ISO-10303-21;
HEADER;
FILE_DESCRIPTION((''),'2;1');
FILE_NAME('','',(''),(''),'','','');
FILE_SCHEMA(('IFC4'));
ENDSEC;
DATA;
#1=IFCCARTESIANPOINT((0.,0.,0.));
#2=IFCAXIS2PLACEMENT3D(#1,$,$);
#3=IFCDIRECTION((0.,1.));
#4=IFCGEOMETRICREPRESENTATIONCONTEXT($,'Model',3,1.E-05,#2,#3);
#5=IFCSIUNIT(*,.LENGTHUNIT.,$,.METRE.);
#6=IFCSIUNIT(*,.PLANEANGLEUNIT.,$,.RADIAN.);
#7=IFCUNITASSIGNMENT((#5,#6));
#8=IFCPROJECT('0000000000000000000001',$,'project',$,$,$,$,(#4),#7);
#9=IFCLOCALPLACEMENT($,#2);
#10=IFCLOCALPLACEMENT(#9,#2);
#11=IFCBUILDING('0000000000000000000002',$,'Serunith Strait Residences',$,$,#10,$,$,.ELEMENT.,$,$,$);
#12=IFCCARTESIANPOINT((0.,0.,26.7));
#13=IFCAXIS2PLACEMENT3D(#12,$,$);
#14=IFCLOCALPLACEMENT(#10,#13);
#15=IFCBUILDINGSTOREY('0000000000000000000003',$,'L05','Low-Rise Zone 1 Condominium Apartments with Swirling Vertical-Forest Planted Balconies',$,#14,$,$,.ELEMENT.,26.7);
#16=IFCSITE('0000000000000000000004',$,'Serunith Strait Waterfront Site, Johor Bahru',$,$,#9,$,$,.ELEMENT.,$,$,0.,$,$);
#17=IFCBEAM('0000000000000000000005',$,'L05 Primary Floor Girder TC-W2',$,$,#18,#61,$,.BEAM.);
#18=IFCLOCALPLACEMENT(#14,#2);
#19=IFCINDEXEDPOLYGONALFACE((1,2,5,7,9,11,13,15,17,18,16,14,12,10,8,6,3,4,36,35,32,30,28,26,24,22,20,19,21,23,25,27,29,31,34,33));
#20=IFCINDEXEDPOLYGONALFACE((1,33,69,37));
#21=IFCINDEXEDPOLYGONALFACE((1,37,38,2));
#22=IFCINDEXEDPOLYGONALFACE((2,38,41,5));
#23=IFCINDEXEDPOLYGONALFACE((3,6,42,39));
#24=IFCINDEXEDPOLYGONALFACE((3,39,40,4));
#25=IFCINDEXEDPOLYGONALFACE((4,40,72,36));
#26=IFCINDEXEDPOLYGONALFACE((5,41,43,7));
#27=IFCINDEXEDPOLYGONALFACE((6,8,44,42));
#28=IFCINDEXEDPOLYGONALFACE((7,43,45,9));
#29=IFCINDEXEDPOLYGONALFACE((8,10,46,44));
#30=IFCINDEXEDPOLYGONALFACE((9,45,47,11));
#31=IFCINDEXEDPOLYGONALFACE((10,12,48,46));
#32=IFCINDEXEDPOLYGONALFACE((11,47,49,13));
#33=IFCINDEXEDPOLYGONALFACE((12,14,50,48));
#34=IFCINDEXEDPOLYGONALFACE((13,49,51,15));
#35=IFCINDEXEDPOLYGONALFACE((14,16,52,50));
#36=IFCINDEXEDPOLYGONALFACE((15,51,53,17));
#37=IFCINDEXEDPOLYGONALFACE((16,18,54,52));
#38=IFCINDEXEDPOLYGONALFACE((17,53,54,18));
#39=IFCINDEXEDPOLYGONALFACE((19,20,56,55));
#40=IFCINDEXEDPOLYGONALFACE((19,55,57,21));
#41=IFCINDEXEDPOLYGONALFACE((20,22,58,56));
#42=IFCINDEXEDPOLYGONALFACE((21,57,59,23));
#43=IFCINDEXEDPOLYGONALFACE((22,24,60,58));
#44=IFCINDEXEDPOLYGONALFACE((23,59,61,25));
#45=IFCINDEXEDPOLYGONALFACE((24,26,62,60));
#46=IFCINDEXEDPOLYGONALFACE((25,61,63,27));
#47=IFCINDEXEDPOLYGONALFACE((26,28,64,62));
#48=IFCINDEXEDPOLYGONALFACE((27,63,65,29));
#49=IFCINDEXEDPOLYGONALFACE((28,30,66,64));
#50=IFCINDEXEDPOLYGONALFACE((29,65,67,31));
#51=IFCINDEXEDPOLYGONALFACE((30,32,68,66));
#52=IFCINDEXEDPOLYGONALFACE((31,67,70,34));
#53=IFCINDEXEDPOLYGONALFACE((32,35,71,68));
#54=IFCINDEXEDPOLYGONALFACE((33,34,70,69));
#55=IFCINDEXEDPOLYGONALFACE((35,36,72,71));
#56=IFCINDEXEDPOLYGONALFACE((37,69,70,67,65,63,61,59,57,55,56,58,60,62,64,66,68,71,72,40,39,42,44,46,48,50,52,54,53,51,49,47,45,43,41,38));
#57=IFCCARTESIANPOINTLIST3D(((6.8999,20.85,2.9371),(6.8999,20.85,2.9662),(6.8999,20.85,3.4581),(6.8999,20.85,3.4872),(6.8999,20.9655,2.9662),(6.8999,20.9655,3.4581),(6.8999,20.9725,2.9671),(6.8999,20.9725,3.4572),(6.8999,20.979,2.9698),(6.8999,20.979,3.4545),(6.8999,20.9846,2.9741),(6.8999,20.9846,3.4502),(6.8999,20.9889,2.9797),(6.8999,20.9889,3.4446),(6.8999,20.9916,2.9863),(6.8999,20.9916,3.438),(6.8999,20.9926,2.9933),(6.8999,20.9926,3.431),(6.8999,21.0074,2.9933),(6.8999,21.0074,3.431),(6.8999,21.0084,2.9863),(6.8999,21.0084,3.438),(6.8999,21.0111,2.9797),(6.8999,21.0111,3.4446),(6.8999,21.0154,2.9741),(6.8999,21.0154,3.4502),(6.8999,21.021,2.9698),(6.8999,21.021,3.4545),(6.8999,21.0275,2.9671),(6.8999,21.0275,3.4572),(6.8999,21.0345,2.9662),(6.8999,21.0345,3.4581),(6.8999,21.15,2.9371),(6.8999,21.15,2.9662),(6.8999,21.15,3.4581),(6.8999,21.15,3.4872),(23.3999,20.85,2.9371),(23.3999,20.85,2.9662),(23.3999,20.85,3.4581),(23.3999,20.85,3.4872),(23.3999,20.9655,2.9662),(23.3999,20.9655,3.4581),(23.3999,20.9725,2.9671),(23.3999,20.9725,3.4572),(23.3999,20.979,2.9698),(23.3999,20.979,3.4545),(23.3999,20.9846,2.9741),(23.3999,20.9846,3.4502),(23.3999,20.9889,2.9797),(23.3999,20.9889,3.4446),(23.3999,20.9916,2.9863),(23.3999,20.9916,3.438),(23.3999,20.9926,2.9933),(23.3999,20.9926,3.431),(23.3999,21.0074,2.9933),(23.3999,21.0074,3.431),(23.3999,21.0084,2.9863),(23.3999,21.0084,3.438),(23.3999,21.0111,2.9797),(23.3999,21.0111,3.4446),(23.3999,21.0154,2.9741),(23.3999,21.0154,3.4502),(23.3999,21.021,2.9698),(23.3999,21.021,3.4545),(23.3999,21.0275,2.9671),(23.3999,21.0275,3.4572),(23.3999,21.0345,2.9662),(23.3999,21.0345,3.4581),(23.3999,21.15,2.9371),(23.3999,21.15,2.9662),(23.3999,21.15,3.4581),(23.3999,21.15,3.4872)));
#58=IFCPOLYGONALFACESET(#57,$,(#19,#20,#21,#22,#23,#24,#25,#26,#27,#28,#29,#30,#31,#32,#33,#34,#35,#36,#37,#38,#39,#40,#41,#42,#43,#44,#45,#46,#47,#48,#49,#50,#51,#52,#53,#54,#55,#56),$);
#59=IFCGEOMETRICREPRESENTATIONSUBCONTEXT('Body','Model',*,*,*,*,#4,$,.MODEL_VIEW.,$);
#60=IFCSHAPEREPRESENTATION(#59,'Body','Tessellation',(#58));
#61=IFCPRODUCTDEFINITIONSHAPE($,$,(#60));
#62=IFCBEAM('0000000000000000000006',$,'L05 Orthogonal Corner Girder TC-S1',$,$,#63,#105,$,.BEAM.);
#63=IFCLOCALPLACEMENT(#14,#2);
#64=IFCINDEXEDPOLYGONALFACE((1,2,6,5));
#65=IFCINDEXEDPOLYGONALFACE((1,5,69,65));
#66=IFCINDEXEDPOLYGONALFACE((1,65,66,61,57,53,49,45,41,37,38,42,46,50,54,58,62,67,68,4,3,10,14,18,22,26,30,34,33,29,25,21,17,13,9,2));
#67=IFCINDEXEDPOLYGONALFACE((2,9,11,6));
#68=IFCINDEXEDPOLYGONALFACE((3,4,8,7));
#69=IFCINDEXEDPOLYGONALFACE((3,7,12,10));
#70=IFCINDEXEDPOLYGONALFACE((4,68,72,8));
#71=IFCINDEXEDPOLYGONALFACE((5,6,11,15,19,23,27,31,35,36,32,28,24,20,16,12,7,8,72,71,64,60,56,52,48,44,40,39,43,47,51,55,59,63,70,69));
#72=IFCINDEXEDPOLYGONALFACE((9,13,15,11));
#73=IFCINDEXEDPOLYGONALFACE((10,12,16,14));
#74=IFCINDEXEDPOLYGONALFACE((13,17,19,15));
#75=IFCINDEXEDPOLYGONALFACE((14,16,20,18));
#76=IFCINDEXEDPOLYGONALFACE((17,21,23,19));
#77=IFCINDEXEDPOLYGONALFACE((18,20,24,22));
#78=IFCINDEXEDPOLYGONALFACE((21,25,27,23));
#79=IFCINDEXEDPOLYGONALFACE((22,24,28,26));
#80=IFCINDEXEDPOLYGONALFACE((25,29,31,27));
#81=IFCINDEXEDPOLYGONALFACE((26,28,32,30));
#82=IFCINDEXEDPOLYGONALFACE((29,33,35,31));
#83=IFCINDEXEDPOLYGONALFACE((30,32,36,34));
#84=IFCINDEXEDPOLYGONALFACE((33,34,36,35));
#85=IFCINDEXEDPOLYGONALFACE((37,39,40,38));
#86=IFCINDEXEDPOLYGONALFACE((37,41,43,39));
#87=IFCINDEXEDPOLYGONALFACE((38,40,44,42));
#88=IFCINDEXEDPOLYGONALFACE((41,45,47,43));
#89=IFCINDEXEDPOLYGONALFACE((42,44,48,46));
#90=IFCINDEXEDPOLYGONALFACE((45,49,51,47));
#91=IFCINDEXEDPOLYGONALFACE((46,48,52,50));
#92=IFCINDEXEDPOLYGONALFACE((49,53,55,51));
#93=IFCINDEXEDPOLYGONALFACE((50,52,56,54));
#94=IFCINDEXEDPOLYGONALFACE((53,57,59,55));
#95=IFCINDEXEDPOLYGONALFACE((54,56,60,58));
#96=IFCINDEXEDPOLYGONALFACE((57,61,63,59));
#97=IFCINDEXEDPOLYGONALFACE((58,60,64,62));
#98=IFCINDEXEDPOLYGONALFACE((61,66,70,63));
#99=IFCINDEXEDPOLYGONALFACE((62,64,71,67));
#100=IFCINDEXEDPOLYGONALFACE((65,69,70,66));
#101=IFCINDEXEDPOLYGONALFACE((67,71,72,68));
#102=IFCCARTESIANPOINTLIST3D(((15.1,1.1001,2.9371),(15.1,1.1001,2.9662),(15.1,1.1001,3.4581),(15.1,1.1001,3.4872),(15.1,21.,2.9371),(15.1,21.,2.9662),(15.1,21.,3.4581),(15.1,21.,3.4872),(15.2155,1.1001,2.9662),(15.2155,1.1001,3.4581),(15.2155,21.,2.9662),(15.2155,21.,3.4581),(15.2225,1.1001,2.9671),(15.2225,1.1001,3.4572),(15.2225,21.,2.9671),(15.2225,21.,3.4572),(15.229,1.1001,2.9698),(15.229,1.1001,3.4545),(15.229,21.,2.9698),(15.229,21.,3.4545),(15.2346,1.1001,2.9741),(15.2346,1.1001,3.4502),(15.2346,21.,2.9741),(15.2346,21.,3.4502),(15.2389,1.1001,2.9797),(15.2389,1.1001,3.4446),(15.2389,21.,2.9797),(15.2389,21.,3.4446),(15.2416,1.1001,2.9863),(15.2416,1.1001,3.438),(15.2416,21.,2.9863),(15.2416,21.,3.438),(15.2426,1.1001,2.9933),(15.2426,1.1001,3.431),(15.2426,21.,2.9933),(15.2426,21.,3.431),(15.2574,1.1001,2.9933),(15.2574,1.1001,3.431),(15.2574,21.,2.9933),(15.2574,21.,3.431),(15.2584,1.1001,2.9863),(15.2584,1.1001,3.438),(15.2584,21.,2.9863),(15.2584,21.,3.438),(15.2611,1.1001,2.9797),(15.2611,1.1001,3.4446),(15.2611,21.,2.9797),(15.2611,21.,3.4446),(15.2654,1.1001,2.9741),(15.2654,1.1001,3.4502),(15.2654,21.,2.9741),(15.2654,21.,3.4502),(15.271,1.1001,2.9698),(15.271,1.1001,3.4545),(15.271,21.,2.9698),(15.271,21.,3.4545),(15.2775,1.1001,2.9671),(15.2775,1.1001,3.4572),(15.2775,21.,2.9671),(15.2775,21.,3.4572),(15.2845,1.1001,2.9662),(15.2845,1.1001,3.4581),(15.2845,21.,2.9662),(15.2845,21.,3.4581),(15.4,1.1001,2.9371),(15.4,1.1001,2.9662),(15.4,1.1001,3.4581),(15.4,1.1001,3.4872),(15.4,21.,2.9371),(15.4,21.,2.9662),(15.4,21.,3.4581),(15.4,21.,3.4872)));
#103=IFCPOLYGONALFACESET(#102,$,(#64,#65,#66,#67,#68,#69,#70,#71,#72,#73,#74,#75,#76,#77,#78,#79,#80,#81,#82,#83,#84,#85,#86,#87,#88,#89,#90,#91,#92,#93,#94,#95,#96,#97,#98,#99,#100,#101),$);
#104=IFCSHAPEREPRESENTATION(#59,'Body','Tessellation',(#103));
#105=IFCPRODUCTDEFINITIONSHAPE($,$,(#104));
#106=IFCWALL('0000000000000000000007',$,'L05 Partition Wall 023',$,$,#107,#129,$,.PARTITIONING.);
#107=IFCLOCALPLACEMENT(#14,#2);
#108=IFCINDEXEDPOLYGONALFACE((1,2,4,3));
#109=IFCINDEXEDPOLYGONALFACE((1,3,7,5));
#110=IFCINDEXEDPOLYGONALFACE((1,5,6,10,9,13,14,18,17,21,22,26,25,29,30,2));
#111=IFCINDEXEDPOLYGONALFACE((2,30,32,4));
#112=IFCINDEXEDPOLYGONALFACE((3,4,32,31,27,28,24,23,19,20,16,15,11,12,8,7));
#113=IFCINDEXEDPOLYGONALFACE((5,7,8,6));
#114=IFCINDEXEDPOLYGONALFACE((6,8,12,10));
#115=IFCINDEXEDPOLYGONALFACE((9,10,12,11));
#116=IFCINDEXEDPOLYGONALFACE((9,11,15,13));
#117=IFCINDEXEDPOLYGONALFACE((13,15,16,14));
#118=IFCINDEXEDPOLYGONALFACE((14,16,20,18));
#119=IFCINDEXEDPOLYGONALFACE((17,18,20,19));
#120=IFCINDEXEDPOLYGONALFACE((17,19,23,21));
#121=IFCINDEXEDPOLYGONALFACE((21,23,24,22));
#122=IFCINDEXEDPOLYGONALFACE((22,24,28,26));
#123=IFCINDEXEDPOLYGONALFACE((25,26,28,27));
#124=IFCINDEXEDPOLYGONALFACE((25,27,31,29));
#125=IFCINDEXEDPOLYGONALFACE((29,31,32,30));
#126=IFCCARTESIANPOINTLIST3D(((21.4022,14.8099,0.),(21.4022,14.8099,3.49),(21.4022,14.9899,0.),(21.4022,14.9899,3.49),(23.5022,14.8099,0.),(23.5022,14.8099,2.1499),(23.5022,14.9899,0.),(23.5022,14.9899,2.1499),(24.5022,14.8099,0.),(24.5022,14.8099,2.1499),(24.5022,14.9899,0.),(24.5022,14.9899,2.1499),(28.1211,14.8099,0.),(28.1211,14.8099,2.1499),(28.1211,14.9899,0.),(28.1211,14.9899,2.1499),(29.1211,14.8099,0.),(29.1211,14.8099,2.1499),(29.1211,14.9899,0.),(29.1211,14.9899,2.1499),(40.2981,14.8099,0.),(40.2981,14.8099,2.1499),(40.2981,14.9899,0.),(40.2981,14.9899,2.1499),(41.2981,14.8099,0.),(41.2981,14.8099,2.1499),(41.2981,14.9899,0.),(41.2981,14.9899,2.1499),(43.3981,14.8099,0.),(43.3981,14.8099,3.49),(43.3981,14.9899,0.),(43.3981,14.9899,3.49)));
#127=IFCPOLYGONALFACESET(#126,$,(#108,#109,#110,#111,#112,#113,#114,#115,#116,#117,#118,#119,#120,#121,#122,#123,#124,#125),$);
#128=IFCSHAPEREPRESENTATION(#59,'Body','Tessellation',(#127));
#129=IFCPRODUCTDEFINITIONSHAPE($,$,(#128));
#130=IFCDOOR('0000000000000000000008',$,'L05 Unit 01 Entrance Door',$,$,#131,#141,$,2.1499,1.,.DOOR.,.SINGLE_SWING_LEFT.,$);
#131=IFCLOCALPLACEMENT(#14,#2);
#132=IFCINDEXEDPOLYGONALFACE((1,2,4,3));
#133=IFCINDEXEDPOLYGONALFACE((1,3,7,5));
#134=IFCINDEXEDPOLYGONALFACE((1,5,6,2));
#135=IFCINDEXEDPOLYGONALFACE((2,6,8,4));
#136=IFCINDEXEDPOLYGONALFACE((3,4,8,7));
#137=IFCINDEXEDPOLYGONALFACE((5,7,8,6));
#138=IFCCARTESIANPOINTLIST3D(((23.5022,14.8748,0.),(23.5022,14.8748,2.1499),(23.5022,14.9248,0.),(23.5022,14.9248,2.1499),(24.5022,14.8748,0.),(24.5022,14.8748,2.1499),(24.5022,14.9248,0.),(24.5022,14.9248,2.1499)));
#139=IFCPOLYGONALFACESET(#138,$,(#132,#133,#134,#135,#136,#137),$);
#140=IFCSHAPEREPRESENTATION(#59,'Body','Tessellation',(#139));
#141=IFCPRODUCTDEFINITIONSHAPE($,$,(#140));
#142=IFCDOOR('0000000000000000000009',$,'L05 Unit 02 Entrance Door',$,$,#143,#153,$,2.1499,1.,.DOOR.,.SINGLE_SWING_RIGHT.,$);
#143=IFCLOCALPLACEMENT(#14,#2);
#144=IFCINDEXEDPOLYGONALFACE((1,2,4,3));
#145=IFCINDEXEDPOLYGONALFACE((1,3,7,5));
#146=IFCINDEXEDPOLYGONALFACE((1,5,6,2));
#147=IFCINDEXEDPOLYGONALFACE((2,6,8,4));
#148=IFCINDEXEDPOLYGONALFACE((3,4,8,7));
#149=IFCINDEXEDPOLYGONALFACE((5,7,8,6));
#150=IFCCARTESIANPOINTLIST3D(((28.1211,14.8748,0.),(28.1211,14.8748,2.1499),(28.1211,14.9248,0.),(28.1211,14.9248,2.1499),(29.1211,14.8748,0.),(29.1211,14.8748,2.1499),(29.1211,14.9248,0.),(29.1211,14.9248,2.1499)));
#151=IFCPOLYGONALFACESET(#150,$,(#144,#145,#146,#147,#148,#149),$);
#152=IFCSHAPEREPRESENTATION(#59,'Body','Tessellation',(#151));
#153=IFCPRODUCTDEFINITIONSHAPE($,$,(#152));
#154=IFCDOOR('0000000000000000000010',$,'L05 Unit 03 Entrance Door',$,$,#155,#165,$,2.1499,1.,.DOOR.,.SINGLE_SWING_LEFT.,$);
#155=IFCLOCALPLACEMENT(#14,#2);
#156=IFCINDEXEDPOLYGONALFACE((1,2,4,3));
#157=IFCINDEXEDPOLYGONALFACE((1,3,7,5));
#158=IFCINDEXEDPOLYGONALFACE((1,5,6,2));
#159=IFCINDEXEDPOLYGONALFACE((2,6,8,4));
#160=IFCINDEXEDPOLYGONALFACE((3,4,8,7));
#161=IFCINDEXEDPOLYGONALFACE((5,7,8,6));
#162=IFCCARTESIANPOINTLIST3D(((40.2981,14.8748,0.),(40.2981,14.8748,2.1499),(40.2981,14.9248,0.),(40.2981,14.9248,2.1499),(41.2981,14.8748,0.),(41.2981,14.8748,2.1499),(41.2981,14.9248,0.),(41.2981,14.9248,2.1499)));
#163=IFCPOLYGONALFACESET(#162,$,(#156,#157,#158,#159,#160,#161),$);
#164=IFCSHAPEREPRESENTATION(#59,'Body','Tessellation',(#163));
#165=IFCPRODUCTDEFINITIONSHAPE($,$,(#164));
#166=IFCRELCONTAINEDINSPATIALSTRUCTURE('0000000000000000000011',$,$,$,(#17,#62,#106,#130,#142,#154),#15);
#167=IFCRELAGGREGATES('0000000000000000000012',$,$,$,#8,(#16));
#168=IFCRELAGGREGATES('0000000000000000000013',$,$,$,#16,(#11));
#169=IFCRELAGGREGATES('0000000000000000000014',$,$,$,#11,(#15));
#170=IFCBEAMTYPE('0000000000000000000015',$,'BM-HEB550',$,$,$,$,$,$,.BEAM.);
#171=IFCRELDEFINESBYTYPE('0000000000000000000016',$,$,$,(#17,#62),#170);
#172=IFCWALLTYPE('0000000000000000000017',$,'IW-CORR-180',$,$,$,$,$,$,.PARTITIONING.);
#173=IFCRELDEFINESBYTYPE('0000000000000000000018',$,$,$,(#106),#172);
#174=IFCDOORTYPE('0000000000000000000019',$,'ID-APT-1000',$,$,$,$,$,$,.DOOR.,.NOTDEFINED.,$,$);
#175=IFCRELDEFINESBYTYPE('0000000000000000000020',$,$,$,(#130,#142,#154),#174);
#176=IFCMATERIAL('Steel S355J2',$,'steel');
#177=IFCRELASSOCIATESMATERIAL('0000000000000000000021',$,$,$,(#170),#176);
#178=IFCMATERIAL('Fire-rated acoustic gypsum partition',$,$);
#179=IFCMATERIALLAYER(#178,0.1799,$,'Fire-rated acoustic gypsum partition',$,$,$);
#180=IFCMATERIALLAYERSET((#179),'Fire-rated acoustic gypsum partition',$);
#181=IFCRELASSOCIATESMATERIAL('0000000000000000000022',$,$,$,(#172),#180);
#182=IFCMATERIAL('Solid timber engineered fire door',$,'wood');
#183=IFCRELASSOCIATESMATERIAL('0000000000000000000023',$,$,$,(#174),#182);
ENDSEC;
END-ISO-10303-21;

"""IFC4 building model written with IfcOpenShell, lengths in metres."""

from ifc_helpers import new_model, si_unit, direction, frame, frame_2d, origin, origin_2d, place, context, subcontext, project, spatial, rectangle, i_section, extrude, source, transform, mapped, material, layer, layer_set, material_profile, profile_set, type_object, element, fill, save


model = new_model("IFC4")

# Units and contexts
model_context = context("Model", 3, precision=1e-05, world=origin(), true_north=direction((0.0, 1.0)))
body_context = subcontext(model_context, "Body", "Model", "MODEL_VIEW")
ifc_project = project(units=[si_unit("LENGTHUNIT", "METRE"), si_unit("PLANEANGLEUNIT", "RADIAN")], contexts=[model_context])

# Site, building, storey
site_placement = place(None, origin())
site = spatial("IfcSite", under=ifc_project, at=site_placement, Name="Serunith Strait Waterfront Site, Johor Bahru", CompositionType="ELEMENT", RefElevation=0.0)
building_placement = place(site_placement, origin())
building = spatial("IfcBuilding", under=site, at=building_placement, Name="Serunith Strait Residences", CompositionType="ELEMENT")
storey_placement = place(building_placement, frame((0.0, 0.0, 26.7)))
storey = spatial("IfcBuildingStorey", under=building, at=storey_placement, Name="L05", Description="Low-Rise Zone 1 Condominium Apartments with Swirling Vertical-Forest Planted Balconies", CompositionType="ELEMENT", Elevation=26.7)

# Beams
ifc_material_1 = material(Name="Steel S355J2", Category="steel")
ifc_material_profile = material_profile(ifc_material_1, i_section(OverallWidth=0.3, OverallDepth=0.55, WebThickness=0.0149, FlangeThickness=0.0291, FilletRadius=0.0271, at=origin_2d()), Name="HEB 550")
ifc_profile_set = profile_set([ifc_material_profile], Name="Steel S355J2")
beam_type = type_object("IfcBeamType", Name="BM-HEB550", PredefinedType="BEAM", material=ifc_profile_set)
shared_shape_1 = source(origin(), body_context, "Body", "SweptSolid", [
    extrude(i_section(OverallWidth=0.3, OverallDepth=0.55, WebThickness=0.0149, FlangeThickness=0.0291, FilletRadius=0.0271, at=origin_2d()), origin(), (0.0, 0.0, 1.0), 16.5),
])
beam_1_placement = place(storey_placement, frame((23.3999, 21.0, 3.2122), z_axis=(-1.0, 0.0, 0.0), x_axis=(0.0, -1.0, 0.0)))
element("IfcBeam", 1, at=beam_1_placement, inside=storey, type_object=beam_type, Name="L05 Primary Floor Girder TC-W2", PredefinedType="BEAM", context=body_context, shape_type="MappedRepresentation", body=[
    mapped(shared_shape_1, transform((0.0, 0.0, 0.0), scale=1.0)),
])
shared_shape_2 = source(origin(), body_context, "Body", "SweptSolid", [
    extrude(i_section(OverallWidth=0.3, OverallDepth=0.55, WebThickness=0.0149, FlangeThickness=0.0291, FilletRadius=0.0271, at=origin_2d()), origin(), (0.0, 0.0, 1.0), 19.8999),
])
beam_2_placement = place(storey_placement, frame((15.25, 21.0, 3.2122), z_axis=(0.0, -1.0, 0.0), x_axis=(1.0, 0.0, 0.0)))
element("IfcBeam", 2, at=beam_2_placement, inside=storey, type_object=beam_type, Name="L05 Orthogonal Corner Girder TC-S1", PredefinedType="BEAM", context=body_context, shape_type="MappedRepresentation", body=[
    mapped(shared_shape_2, transform((0.0, 0.0, 0.0), scale=1.0)),
])

# Wall, openings, doors
ifc_material_2 = material(Name="Fire-rated acoustic gypsum partition")
ifc_layer_1 = layer(ifc_material_2, 0.1799, Name="Fire-rated acoustic gypsum partition")
ifc_layer_set_1 = layer_set([ifc_layer_1], Name="Fire-rated acoustic gypsum partition")
wall_type_1 = type_object("IfcWallType", Name="IW-CORR-180", PredefinedType="PARTITIONING", material=ifc_layer_set_1)
wall_1_placement = place(storey_placement, frame((21.4021, 14.8999, 0.0), z_axis=(0.0, 0.0, 1.0), x_axis=(1.0, 0.0, 0.0)))
wall_1 = element("IfcWall", 3, at=wall_1_placement, inside=storey, type_object=wall_type_1, Name="L05 Partition Wall 023", PredefinedType="PARTITIONING", context=body_context, shape_type="SweptSolid", body=[
    extrude(rectangle(XDim=21.9958, YDim=0.1799, at=frame_2d((10.998, 0.0))), origin(), (0.0, 0.0, 1.0), 3.49),
])
opening_1_placement = place(wall_1_placement, frame((2.1001, 0.0, 0.0)))
opening_1 = element("IfcOpeningElement", 4, at=opening_1_placement, cuts=wall_1, PredefinedType="OPENING", context=body_context, shape_type="SweptSolid", body=[
    extrude(rectangle(XDim=1.0, YDim=2.1499, at=frame_2d((0.5, 1.075))), frame((0.0, 0.1001, 0.0), z_axis=(0.0, -1.0, 0.0), x_axis=(1.0, 0.0, 0.0)), (0.0, 0.0, 1.0), 0.2),
])
opening_2_placement = place(wall_1_placement, frame((6.719, 0.0, 0.0)))
opening_2 = element("IfcOpeningElement", 5, at=opening_2_placement, cuts=wall_1, PredefinedType="OPENING", context=body_context, shape_type="SweptSolid", body=[
    extrude(rectangle(XDim=1.0, YDim=2.1499, at=frame_2d((0.5, 1.075))), frame((0.0, 0.1001, 0.0), z_axis=(0.0, -1.0, 0.0), x_axis=(1.0, 0.0, 0.0)), (0.0, 0.0, 1.0), 0.2),
])
opening_3_placement = place(wall_1_placement, frame((18.896, 0.0, 0.0)))
opening_3 = element("IfcOpeningElement", 6, at=opening_3_placement, cuts=wall_1, PredefinedType="OPENING", context=body_context, shape_type="SweptSolid", body=[
    extrude(rectangle(XDim=1.0, YDim=2.1499, at=frame_2d((0.5, 1.075))), frame((0.0, 0.1001, 0.0), z_axis=(0.0, -1.0, 0.0), x_axis=(1.0, 0.0, 0.0)), (0.0, 0.0, 1.0), 0.2),
])
ifc_material_3 = material(Name="Solid timber engineered fire door", Category="wood")
door_type_1 = type_object("IfcDoorType", Name="ID-APT-1000", OperationType="NOTDEFINED", PredefinedType="DOOR", material=ifc_material_3)
shared_shape_3 = source(origin(), body_context, "Body", "SweptSolid", [
    extrude(rectangle(XDim=1.0, YDim=2.1499, at=frame_2d((0.5, 1.075))), frame((0.0, 0.0249, 0.0), z_axis=(0.0, -1.0, 0.0), x_axis=(1.0, 0.0, 0.0)), (0.0, 0.0, 1.0), 0.05),
])
door_1_placement = place(opening_1_placement, origin())
door_1 = element("IfcDoor", 7, at=door_1_placement, inside=storey, type_object=door_type_1, Name="L05 Unit 01 Entrance Door", OperationType="SINGLE_SWING_LEFT", OverallHeight=2.1499, OverallWidth=1.0, PredefinedType="DOOR", context=body_context, shape_type="MappedRepresentation", body=[
    mapped(shared_shape_3, transform((0.0, 0.0, 0.0), scale=1.0)),
])
fill(opening_1, door_1)
door_2_placement = place(opening_2_placement, origin())
door_2 = element("IfcDoor", 8, at=door_2_placement, inside=storey, type_object=door_type_1, Name="L05 Unit 02 Entrance Door", OperationType="SINGLE_SWING_RIGHT", OverallHeight=2.1499, OverallWidth=1.0, PredefinedType="DOOR", context=body_context, shape_type="MappedRepresentation", body=[
    mapped(shared_shape_3, transform((0.0, 0.0, 0.0), scale=1.0)),
])
fill(opening_2, door_2)
door_3_placement = place(opening_3_placement, origin())
door_3 = element("IfcDoor", 9, at=door_3_placement, inside=storey, type_object=door_type_1, Name="L05 Unit 03 Entrance Door", OperationType="SINGLE_SWING_LEFT", OverallHeight=2.1499, OverallWidth=1.0, PredefinedType="DOOR", context=body_context, shape_type="MappedRepresentation", body=[
    mapped(shared_shape_3, transform((0.0, 0.0, 0.0), scale=1.0)),
])
fill(opening_3, door_3)

save(model, "model.ifc")
